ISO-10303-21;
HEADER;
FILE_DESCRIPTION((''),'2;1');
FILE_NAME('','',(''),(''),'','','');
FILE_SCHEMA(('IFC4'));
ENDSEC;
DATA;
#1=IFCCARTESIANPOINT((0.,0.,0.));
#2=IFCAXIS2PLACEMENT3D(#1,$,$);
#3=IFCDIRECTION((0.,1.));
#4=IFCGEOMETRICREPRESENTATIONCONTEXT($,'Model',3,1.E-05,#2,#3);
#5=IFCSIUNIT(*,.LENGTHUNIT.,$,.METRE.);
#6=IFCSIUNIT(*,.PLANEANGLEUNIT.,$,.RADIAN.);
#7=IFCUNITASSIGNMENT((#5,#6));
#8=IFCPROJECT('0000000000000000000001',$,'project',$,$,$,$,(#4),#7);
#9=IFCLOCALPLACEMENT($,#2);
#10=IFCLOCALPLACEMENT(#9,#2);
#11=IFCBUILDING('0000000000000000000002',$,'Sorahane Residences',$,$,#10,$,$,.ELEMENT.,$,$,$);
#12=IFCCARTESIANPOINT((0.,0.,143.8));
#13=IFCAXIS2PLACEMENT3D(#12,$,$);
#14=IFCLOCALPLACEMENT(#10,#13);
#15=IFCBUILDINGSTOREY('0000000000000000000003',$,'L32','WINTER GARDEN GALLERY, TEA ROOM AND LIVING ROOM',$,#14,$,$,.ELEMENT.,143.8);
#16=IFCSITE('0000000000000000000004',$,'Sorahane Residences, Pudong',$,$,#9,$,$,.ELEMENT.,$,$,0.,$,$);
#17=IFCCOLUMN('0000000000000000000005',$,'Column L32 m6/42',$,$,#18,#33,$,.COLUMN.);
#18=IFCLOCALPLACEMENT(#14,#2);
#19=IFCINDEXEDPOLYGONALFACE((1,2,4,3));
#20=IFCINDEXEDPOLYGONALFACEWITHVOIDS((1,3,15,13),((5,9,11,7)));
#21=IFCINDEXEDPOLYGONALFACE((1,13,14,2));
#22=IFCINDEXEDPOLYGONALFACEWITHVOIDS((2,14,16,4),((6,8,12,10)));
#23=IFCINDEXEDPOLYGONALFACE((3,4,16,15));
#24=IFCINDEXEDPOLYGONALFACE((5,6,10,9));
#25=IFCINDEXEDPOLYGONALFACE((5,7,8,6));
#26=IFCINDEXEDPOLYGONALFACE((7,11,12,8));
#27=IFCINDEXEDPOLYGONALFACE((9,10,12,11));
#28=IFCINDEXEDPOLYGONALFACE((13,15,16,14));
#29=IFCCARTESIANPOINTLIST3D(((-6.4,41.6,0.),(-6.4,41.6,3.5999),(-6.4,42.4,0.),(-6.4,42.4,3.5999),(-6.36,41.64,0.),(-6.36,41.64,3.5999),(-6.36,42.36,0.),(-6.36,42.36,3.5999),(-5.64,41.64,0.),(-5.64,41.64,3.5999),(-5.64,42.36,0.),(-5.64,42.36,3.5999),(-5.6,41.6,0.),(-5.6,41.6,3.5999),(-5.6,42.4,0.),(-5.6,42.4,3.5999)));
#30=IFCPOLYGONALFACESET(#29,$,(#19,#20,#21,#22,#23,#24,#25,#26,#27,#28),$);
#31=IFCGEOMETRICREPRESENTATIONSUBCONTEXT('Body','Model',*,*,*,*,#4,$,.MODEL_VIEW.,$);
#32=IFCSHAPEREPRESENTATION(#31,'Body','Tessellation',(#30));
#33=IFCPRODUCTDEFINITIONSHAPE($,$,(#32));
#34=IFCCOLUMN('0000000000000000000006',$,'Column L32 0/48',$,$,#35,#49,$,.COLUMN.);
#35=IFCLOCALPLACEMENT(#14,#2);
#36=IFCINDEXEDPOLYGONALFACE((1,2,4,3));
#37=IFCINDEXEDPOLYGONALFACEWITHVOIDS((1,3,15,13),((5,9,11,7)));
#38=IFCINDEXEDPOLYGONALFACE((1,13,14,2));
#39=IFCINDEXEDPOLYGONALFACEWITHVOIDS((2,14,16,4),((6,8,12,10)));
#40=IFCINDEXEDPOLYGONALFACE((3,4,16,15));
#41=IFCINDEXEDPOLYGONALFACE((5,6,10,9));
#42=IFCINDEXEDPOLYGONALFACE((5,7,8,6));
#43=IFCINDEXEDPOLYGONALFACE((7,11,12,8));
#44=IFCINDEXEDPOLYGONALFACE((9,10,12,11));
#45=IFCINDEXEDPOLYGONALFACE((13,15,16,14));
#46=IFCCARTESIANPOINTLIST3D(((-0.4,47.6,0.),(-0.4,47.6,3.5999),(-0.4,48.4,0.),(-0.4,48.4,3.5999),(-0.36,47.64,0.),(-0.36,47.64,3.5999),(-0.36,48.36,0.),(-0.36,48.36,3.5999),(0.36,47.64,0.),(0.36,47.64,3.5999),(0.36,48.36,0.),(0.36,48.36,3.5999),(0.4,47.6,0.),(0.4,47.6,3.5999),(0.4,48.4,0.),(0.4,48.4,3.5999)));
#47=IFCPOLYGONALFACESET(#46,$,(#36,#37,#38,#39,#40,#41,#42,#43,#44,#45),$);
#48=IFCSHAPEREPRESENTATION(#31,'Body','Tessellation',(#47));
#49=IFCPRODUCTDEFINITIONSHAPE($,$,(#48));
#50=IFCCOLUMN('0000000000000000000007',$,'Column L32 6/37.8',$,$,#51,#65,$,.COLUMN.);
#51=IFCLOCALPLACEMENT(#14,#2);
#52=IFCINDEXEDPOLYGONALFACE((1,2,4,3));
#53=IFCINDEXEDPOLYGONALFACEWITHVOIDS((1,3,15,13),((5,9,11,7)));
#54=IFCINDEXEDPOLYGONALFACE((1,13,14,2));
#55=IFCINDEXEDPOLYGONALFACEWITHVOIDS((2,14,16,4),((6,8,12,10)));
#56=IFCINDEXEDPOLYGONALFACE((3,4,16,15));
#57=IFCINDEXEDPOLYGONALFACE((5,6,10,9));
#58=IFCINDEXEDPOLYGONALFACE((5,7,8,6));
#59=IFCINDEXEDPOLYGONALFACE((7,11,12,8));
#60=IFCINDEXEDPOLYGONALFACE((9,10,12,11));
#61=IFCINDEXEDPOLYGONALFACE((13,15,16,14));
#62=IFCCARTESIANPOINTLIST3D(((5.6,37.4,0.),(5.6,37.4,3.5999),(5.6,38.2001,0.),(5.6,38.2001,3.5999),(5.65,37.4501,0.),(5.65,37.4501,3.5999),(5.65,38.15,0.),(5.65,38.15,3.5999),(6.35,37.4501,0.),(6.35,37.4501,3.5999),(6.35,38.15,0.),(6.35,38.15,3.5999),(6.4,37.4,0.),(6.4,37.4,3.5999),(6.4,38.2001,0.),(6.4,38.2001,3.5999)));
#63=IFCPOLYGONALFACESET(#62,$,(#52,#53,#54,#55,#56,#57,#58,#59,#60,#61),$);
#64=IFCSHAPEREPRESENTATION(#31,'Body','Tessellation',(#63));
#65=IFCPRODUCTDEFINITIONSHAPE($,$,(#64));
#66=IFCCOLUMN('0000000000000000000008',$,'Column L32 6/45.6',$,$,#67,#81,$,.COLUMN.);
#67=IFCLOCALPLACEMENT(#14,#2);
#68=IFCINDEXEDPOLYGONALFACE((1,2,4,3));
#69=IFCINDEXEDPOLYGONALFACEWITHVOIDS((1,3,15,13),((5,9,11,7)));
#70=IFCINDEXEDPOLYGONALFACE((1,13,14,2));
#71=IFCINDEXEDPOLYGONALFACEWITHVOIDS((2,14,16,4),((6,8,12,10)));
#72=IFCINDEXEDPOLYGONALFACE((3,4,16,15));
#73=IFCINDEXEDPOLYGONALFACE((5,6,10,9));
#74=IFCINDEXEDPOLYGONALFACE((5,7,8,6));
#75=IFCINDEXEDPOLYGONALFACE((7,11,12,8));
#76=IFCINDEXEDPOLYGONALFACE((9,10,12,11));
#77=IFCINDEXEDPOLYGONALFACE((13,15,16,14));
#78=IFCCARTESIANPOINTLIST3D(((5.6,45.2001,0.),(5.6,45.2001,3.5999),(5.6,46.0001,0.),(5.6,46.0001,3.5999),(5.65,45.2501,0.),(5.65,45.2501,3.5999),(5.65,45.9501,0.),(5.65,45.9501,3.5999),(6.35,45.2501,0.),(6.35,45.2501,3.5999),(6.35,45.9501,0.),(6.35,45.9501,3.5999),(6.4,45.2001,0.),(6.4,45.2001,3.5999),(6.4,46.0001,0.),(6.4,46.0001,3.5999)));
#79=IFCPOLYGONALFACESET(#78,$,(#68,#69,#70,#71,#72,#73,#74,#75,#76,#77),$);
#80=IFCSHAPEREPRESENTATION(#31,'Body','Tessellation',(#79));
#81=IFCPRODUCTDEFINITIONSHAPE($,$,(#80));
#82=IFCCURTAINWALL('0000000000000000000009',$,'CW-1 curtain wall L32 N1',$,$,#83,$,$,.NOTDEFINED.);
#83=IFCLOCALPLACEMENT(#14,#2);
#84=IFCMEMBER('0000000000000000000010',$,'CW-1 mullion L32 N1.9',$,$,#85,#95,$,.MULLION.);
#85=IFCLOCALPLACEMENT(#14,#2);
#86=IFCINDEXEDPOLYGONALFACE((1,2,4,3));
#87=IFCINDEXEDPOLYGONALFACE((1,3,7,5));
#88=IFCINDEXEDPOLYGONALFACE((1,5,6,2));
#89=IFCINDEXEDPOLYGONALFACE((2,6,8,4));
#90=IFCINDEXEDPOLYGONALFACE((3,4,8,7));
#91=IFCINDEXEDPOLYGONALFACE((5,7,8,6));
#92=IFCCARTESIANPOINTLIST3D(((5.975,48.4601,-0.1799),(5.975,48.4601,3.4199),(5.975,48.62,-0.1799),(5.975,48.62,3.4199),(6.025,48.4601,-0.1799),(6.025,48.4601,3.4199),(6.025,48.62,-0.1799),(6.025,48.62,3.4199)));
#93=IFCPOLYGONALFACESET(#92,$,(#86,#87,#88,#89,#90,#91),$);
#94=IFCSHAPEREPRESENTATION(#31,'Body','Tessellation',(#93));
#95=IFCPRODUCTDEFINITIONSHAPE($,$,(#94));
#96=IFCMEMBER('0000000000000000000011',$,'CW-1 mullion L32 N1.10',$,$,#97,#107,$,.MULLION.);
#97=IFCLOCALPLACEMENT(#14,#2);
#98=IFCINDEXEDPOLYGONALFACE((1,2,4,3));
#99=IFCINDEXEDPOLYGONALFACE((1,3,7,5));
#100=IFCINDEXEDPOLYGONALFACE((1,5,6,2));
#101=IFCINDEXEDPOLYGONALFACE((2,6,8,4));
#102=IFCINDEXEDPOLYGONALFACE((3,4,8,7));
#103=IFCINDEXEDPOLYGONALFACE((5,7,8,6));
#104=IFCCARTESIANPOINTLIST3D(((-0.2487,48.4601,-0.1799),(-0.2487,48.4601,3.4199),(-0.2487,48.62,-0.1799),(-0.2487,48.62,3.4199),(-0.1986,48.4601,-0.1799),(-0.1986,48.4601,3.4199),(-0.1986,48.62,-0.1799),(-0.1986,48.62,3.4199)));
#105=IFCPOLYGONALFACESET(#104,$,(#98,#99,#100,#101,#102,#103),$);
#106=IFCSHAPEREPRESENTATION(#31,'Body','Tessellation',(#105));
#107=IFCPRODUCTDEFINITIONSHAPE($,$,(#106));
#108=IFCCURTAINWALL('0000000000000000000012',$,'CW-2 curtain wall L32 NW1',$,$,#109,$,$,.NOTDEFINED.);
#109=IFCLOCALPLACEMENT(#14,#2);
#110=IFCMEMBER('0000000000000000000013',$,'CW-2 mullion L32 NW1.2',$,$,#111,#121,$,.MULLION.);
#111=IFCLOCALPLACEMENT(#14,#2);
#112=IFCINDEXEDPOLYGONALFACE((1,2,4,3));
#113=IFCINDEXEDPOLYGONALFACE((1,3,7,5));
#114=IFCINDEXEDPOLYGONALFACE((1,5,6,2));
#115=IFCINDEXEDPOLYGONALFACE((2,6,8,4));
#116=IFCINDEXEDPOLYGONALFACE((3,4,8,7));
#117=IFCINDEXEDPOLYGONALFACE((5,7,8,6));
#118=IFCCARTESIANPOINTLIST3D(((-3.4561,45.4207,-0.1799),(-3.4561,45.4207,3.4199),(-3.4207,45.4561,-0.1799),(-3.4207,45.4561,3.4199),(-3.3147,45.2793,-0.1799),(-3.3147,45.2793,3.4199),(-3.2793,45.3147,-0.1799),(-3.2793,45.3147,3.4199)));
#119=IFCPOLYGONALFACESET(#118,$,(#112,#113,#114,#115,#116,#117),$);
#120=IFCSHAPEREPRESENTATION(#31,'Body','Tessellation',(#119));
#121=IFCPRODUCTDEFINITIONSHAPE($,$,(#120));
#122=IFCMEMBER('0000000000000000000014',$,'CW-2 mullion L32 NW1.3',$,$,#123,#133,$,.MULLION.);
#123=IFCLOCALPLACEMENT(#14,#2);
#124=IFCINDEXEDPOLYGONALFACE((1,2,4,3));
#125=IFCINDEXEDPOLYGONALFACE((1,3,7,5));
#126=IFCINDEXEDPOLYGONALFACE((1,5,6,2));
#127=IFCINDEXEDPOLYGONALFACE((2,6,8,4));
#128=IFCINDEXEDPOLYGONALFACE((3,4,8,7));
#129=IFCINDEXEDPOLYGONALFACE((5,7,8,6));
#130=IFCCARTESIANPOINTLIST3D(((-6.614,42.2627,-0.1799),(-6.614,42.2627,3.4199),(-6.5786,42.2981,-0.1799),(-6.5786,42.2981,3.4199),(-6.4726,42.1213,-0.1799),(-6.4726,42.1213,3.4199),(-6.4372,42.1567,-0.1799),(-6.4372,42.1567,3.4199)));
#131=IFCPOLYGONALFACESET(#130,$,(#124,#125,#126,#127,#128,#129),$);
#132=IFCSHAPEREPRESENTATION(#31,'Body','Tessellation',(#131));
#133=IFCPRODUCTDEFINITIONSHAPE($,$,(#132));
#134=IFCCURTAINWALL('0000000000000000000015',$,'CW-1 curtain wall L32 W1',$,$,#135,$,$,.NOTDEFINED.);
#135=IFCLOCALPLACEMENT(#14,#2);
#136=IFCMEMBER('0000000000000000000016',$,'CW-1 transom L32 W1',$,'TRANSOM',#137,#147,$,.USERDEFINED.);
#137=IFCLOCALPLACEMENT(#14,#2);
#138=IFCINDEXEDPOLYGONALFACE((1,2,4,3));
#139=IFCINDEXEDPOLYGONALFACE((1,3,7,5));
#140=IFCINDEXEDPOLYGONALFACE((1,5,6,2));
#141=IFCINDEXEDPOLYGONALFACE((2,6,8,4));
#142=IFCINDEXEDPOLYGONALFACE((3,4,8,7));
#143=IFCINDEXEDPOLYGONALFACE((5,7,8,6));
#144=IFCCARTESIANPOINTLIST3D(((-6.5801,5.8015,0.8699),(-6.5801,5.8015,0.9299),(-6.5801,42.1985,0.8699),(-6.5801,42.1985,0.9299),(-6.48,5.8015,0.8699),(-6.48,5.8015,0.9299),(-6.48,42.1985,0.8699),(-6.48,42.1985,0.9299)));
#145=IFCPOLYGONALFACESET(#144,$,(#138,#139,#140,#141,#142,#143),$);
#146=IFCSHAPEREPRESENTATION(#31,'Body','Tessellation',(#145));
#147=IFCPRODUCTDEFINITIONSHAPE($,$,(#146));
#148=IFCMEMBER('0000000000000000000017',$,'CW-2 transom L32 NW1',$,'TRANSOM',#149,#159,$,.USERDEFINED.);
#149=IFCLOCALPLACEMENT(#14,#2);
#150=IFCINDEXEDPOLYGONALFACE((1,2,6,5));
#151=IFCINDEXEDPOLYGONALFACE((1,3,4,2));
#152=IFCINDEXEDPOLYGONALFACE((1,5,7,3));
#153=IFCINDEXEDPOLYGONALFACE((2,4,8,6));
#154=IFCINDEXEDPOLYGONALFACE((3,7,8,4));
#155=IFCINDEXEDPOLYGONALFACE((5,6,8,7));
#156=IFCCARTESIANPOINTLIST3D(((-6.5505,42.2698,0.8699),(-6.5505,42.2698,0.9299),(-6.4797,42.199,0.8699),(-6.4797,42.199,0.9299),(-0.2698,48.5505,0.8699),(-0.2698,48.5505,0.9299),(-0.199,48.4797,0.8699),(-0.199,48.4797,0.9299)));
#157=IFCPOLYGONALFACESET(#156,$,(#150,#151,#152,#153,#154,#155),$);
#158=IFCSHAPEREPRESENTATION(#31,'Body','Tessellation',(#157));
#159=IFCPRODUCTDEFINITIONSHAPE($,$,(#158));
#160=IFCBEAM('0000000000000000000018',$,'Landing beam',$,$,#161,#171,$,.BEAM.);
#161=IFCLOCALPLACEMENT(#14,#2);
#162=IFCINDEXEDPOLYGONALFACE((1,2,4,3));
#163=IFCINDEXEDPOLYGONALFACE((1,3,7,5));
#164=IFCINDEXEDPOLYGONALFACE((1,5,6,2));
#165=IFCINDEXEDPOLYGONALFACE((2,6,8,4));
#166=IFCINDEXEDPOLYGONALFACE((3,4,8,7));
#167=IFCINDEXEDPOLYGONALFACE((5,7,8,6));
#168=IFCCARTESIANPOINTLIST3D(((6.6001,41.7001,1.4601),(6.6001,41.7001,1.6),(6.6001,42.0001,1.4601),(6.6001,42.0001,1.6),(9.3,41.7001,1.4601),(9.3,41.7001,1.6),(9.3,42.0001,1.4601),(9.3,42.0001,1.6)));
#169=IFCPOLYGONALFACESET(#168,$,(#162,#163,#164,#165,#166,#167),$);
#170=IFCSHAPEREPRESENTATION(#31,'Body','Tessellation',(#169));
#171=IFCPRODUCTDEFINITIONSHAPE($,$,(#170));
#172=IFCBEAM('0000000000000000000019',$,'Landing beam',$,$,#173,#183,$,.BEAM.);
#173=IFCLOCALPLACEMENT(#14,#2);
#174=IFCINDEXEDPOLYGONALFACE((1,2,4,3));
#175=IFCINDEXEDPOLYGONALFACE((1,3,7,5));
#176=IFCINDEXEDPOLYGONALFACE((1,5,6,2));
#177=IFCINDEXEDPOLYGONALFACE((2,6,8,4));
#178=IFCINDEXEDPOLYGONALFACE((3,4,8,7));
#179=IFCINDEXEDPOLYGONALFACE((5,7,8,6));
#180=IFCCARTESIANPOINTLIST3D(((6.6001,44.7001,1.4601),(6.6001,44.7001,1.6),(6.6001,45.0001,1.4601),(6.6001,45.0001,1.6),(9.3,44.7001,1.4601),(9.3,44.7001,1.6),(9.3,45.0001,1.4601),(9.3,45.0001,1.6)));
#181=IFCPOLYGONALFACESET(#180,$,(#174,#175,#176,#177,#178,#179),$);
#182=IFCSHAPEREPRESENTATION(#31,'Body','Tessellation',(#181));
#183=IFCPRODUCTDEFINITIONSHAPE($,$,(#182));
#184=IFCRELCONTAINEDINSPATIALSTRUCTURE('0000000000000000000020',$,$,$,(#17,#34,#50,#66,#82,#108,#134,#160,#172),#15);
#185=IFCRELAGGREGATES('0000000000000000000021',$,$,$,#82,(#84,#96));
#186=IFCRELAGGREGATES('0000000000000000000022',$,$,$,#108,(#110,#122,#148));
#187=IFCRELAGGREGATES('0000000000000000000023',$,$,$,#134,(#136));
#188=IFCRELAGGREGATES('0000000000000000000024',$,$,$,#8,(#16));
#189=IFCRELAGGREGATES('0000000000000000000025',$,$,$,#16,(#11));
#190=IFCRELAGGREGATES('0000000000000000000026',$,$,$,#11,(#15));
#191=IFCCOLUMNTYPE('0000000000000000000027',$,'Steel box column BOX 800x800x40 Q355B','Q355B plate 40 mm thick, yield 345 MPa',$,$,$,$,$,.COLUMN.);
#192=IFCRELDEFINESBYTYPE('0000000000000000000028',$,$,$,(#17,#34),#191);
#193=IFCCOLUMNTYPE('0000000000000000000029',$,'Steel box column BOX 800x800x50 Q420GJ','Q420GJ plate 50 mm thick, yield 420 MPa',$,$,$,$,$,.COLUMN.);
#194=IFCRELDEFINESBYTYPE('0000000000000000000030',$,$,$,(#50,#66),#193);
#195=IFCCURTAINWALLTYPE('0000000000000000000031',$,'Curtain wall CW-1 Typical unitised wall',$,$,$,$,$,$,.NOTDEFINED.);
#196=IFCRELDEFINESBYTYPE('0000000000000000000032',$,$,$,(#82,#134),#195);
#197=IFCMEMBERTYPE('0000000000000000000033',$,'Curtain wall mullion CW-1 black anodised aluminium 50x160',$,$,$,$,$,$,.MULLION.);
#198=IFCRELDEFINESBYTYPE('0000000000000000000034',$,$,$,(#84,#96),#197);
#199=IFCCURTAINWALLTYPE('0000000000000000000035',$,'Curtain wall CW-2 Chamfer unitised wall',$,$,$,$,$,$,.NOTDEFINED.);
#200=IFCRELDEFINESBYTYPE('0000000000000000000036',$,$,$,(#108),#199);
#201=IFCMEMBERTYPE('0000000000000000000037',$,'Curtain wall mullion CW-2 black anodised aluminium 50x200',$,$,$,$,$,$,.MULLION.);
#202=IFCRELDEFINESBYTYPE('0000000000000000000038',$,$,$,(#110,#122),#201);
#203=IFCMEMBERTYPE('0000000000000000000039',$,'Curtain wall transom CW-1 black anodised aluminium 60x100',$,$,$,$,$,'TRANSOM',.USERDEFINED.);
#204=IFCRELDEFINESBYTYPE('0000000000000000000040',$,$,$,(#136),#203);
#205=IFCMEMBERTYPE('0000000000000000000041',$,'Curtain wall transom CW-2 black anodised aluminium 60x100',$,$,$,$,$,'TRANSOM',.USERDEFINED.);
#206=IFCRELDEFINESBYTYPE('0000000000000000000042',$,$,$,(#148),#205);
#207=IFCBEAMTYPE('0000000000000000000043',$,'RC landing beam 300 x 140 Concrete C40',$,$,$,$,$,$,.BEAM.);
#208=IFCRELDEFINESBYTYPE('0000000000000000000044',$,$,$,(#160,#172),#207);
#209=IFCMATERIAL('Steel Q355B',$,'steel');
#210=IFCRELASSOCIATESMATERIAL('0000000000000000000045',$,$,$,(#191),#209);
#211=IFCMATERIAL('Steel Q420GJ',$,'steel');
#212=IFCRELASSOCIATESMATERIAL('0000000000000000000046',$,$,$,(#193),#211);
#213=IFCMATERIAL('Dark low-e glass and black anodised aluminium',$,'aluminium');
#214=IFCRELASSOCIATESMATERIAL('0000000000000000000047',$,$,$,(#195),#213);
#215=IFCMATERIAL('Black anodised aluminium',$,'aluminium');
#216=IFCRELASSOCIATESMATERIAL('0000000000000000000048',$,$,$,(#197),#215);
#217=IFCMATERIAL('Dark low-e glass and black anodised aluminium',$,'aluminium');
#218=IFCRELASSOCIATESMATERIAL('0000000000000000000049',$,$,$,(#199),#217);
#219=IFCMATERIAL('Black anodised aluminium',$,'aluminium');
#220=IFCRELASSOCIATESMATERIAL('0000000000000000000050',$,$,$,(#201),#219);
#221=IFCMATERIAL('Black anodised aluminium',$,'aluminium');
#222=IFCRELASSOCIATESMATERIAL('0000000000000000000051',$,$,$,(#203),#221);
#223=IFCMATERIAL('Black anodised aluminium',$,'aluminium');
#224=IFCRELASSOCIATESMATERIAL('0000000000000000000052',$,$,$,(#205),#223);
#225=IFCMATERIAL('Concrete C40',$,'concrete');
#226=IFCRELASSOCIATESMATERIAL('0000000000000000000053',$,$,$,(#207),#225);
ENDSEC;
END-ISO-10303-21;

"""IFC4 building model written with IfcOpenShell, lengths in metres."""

from ifc_helpers import new_model, si_unit, direction, frame, origin, origin_2d, place, context, subcontext, project, spatial, rectangle, hollow_rectangle, extrude, material, material_profile, profile_set, type_object, element, aggregate, save


model = new_model("IFC4")

# Units and contexts
model_context = context("Model", 3, precision=1e-05, world=origin(), true_north=direction((0.0, 1.0)))
body_context = subcontext(model_context, "Body", "Model", "MODEL_VIEW")
ifc_project = project(units=[si_unit("LENGTHUNIT", "METRE"), si_unit("PLANEANGLEUNIT", "RADIAN")], contexts=[model_context])

# Site, building, storey
site_placement = place(None, origin())
site = spatial("IfcSite", under=ifc_project, at=site_placement, Name="Sorahane Residences, Pudong", CompositionType="ELEMENT", RefElevation=0.0)
building_placement = place(site_placement, origin())
building = spatial("IfcBuilding", under=site, at=building_placement, Name="Sorahane Residences", CompositionType="ELEMENT")
storey_placement = place(building_placement, frame((0.0, 0.0, 143.8)))
storey = spatial("IfcBuildingStorey", under=building, at=storey_placement, Name="L32", Description="WINTER GARDEN GALLERY, TEA ROOM AND LIVING ROOM", CompositionType="ELEMENT", Elevation=143.8)

# Columns
ifc_material_1 = material(Name="Steel Q355B", Category="steel")
ifc_material_profile_1 = material_profile(ifc_material_1, hollow_rectangle(XDim=0.8, YDim=0.8, WallThickness=0.04, at=origin_2d()), Name="BOX 800x800x40")
ifc_profile_set_1 = profile_set([ifc_material_profile_1], Name="Steel Q355B")
column_type_1 = type_object("IfcColumnType", Name="Steel box column BOX 800x800x40 Q355B", Description="Q355B plate 40 mm thick, yield 345 MPa", PredefinedType="COLUMN", material=ifc_profile_set_1)
for number, where, z_axis, x_axis, name in (
    (1, (-6.0, 42.0, 0.0), (0.0, 0.0, 1.0), (1.0, 0.0, 0.0), "Column L32 m6/42"),
    (2, (0.0, 48.0, 0.0), (0.0, 0.0, 1.0), (1.0, 0.0, 0.0), "Column L32 0/48"),
):
    element("IfcColumn", number, at=place(storey_placement, frame(where, z_axis=z_axis, x_axis=x_axis)), inside=storey, type_object=column_type_1, Name=name, PredefinedType="COLUMN", context=body_context, shape_type="SweptSolid", body=[
        extrude(hollow_rectangle(XDim=0.8, YDim=0.8, WallThickness=0.04, at=origin_2d()), origin(), (0.0, 0.0, 1.0), 3.5999),
    ])
ifc_material_2 = material(Name="Steel Q420GJ", Category="steel")
ifc_material_profile_2 = material_profile(ifc_material_2, hollow_rectangle(XDim=0.8, YDim=0.8, WallThickness=0.05, at=origin_2d()), Name="BOX 800x800x50")
ifc_profile_set_2 = profile_set([ifc_material_profile_2], Name="Steel Q420GJ")
column_type_2 = type_object("IfcColumnType", Name="Steel box column BOX 800x800x50 Q420GJ", Description="Q420GJ plate 50 mm thick, yield 420 MPa", PredefinedType="COLUMN", material=ifc_profile_set_2)
for number, where, z_axis, x_axis, name in (
    (3, (6.0, 37.8, 0.0), (0.0, 0.0, 1.0), (1.0, 0.0, 0.0), "Column L32 6/37.8"),
    (4, (6.0, 45.6001, 0.0), (0.0, 0.0, 1.0), (1.0, 0.0, 0.0), "Column L32 6/45.6"),
):
    element("IfcColumn", number, at=place(storey_placement, frame(where, z_axis=z_axis, x_axis=x_axis)), inside=storey, type_object=column_type_2, Name=name, PredefinedType="COLUMN", context=body_context, shape_type="SweptSolid", body=[
        extrude(hollow_rectangle(XDim=0.8, YDim=0.8, WallThickness=0.05, at=origin_2d()), origin(), (0.0, 0.0, 1.0), 3.5999),
    ])

# Curtain walls, members
ifc_material_3 = material(Name="Dark low-e glass and black anodised aluminium", Category="aluminium")
curtain_wall_type_1 = type_object("IfcCurtainWallType", Name="Curtain wall CW-1 Typical unitised wall", PredefinedType="NOTDEFINED", material=ifc_material_3)
curtain_wall_1_placement = place(storey_placement, origin())
curtain_wall_1 = element("IfcCurtainWall", 5, at=curtain_wall_1_placement, inside=storey, type_object=curtain_wall_type_1, Name="CW-1 curtain wall L32 N1", PredefinedType="NOTDEFINED")
ifc_material_4 = material(Name="Black anodised aluminium", Category="aluminium")
ifc_material_profile_3 = material_profile(ifc_material_4, rectangle(XDim=0.1599, YDim=0.05, at=origin_2d()), Name="Curtain wall mullion CW-1 black anodised aluminium 50x160")
ifc_profile_set_3 = profile_set([ifc_material_profile_3], Name="Black anodised aluminium")
member_type_1 = type_object("IfcMemberType", Name="Curtain wall mullion CW-1 black anodised aluminium 50x160", PredefinedType="MULLION", material=ifc_profile_set_3)
member_1_placement = place(storey_placement, frame((6.0, 48.54, -0.1799), z_axis=(0.0, 0.0, 1.0), x_axis=(0.0, 1.0, 0.0)))
member_1 = element("IfcMember", 6, at=member_1_placement, type_object=member_type_1, Name="CW-1 mullion L32 N1.9", PredefinedType="MULLION", context=body_context, shape_type="SweptSolid", body=[
    extrude(rectangle(XDim=0.1599, YDim=0.05, at=origin_2d()), origin(), (0.0, 0.0, 1.0), 3.5999),
])
member_2_placement = place(storey_placement, frame((-0.2236, 48.54, -0.1799), z_axis=(0.0, 0.0, 1.0), x_axis=(0.0, 1.0, 0.0)))
member_2 = element("IfcMember", 7, at=member_2_placement, type_object=member_type_1, Name="CW-1 mullion L32 N1.10", PredefinedType="MULLION", context=body_context, shape_type="SweptSolid", body=[
    extrude(rectangle(XDim=0.1599, YDim=0.05, at=origin_2d()), origin(), (0.0, 0.0, 1.0), 3.5999),
])
ifc_material_5 = material(Name="Dark low-e glass and black anodised aluminium", Category="aluminium")
curtain_wall_type_2 = type_object("IfcCurtainWallType", Name="Curtain wall CW-2 Chamfer unitised wall", PredefinedType="NOTDEFINED", material=ifc_material_5)
curtain_wall_2_placement = place(storey_placement, origin())
curtain_wall_2 = element("IfcCurtainWall", 8, at=curtain_wall_2_placement, inside=storey, type_object=curtain_wall_type_2, Name="CW-2 curtain wall L32 NW1", PredefinedType="NOTDEFINED")
ifc_material_6 = material(Name="Black anodised aluminium", Category="aluminium")
ifc_material_profile_4 = material_profile(ifc_material_6, rectangle(XDim=0.2, YDim=0.05, at=origin_2d()), Name="Curtain wall mullion CW-2 black anodised aluminium 50x200")
ifc_profile_set_4 = profile_set([ifc_material_profile_4], Name="Black anodised aluminium")
member_type_2 = type_object("IfcMemberType", Name="Curtain wall mullion CW-2 black anodised aluminium 50x200", PredefinedType="MULLION", material=ifc_profile_set_4)
member_3_placement = place(storey_placement, frame((-3.3677, 45.3677, -0.1799), z_axis=(0.0, 0.0, 1.0), x_axis=(-0.707107, 0.707107, 0.0)))
member_3 = element("IfcMember", 9, at=member_3_placement, type_object=member_type_2, Name="CW-2 mullion L32 NW1.2", PredefinedType="MULLION", context=body_context, shape_type="SweptSolid", body=[
    extrude(rectangle(XDim=0.2, YDim=0.05, at=origin_2d()), origin(), (0.0, 0.0, 1.0), 3.5999),
])
member_4_placement = place(storey_placement, frame((-6.5256, 42.2097, -0.1799), z_axis=(0.0, 0.0, 1.0), x_axis=(-0.707107, 0.707107, 0.0)))
member_4 = element("IfcMember", 10, at=member_4_placement, type_object=member_type_2, Name="CW-2 mullion L32 NW1.3", PredefinedType="MULLION", context=body_context, shape_type="SweptSolid", body=[
    extrude(rectangle(XDim=0.2, YDim=0.05, at=origin_2d()), origin(), (0.0, 0.0, 1.0), 3.5999),
])

# Curtain wall, member
curtain_wall_3_placement = place(storey_placement, origin())
curtain_wall_3 = element("IfcCurtainWall", 11, at=curtain_wall_3_placement, inside=storey, type_object=curtain_wall_type_1, Name="CW-1 curtain wall L32 W1", PredefinedType="NOTDEFINED")
ifc_material_7 = material(Name="Black anodised aluminium", Category="aluminium")
ifc_material_profile_5 = material_profile(ifc_material_7, rectangle(XDim=0.1001, YDim=0.0601, at=origin_2d()), Name="Curtain wall transom CW-1 black anodised aluminium 60x100")
ifc_profile_set_5 = profile_set([ifc_material_profile_5], Name="Black anodised aluminium")
member_type_3 = type_object("IfcMemberType", Name="Curtain wall transom CW-1 black anodised aluminium 60x100", ElementType="TRANSOM", PredefinedType="USERDEFINED", material=ifc_profile_set_5)
member_5_placement = place(storey_placement, frame((-6.53, 42.1985, 0.8999), z_axis=(0.0, -1.0, 0.0), x_axis=(1.0, 0.0, 0.0)))
member_5 = element("IfcMember", 12, at=member_5_placement, type_object=member_type_3, Name="CW-1 transom L32 W1", ObjectType="TRANSOM", PredefinedType="USERDEFINED", context=body_context, shape_type="SweptSolid", body=[
    extrude(rectangle(XDim=0.1001, YDim=0.0601, at=origin_2d()), origin(), (0.0, 0.0, 1.0), 36.397),
])

# Member
ifc_material_8 = material(Name="Black anodised aluminium", Category="aluminium")
ifc_material_profile_6 = material_profile(ifc_material_8, rectangle(XDim=0.1001, YDim=0.0601, at=origin_2d()), Name="Curtain wall transom CW-2 black anodised aluminium 60x100")
ifc_profile_set_6 = profile_set([ifc_material_profile_6], Name="Black anodised aluminium")
member_type_4 = type_object("IfcMemberType", Name="Curtain wall transom CW-2 black anodised aluminium 60x100", ElementType="TRANSOM", PredefinedType="USERDEFINED", material=ifc_profile_set_6)
member_6_placement = place(storey_placement, frame((-0.2344, 48.5151, 0.8999), z_axis=(-0.707107, -0.707107, 0.0), x_axis=(0.707107, -0.707107, 0.0)))
member_6 = element("IfcMember", 13, at=member_6_placement, type_object=member_type_4, Name="CW-2 transom L32 NW1", ObjectType="TRANSOM", PredefinedType="USERDEFINED", context=body_context, shape_type="SweptSolid", body=[
    extrude(rectangle(XDim=0.1001, YDim=0.0601, at=origin_2d()), origin(), (0.0, 0.0, 1.0), 8.8823),
])

# Beams
ifc_material_9 = material(Name="Concrete C40", Category="concrete")
ifc_material_profile_7 = material_profile(ifc_material_9, rectangle(XDim=0.3, YDim=0.1399, at=origin_2d()), Name="300x140")
ifc_profile_set_7 = profile_set([ifc_material_profile_7], Name="Concrete C40")
beam_type_1 = type_object("IfcBeamType", Name="RC landing beam 300 x 140 Concrete C40", PredefinedType="BEAM", material=ifc_profile_set_7)
for number, where, z_axis, x_axis, name in (
    (14, (6.6001, 41.8501, 1.53), (1.0, 0.0, 0.0), (0.0, 1.0, 0.0), "Landing beam"),
    (15, (6.6001, 44.8501, 1.53), (1.0, 0.0, 0.0), (0.0, 1.0, 0.0), "Landing beam"),
):
    element("IfcBeam", number, at=place(storey_placement, frame(where, z_axis=z_axis, x_axis=x_axis)), inside=storey, type_object=beam_type_1, Name=name, PredefinedType="BEAM", context=body_context, shape_type="SweptSolid", body=[
        extrude(rectangle(XDim=0.3, YDim=0.1399, at=origin_2d()), origin(), (0.0, 0.0, 1.0), 2.7),
    ])

aggregate(curtain_wall_1, [member_1, member_2])
aggregate(curtain_wall_2, [member_3, member_4, member_6])
aggregate(curtain_wall_3, [member_5])

save(model, "model.ifc")
